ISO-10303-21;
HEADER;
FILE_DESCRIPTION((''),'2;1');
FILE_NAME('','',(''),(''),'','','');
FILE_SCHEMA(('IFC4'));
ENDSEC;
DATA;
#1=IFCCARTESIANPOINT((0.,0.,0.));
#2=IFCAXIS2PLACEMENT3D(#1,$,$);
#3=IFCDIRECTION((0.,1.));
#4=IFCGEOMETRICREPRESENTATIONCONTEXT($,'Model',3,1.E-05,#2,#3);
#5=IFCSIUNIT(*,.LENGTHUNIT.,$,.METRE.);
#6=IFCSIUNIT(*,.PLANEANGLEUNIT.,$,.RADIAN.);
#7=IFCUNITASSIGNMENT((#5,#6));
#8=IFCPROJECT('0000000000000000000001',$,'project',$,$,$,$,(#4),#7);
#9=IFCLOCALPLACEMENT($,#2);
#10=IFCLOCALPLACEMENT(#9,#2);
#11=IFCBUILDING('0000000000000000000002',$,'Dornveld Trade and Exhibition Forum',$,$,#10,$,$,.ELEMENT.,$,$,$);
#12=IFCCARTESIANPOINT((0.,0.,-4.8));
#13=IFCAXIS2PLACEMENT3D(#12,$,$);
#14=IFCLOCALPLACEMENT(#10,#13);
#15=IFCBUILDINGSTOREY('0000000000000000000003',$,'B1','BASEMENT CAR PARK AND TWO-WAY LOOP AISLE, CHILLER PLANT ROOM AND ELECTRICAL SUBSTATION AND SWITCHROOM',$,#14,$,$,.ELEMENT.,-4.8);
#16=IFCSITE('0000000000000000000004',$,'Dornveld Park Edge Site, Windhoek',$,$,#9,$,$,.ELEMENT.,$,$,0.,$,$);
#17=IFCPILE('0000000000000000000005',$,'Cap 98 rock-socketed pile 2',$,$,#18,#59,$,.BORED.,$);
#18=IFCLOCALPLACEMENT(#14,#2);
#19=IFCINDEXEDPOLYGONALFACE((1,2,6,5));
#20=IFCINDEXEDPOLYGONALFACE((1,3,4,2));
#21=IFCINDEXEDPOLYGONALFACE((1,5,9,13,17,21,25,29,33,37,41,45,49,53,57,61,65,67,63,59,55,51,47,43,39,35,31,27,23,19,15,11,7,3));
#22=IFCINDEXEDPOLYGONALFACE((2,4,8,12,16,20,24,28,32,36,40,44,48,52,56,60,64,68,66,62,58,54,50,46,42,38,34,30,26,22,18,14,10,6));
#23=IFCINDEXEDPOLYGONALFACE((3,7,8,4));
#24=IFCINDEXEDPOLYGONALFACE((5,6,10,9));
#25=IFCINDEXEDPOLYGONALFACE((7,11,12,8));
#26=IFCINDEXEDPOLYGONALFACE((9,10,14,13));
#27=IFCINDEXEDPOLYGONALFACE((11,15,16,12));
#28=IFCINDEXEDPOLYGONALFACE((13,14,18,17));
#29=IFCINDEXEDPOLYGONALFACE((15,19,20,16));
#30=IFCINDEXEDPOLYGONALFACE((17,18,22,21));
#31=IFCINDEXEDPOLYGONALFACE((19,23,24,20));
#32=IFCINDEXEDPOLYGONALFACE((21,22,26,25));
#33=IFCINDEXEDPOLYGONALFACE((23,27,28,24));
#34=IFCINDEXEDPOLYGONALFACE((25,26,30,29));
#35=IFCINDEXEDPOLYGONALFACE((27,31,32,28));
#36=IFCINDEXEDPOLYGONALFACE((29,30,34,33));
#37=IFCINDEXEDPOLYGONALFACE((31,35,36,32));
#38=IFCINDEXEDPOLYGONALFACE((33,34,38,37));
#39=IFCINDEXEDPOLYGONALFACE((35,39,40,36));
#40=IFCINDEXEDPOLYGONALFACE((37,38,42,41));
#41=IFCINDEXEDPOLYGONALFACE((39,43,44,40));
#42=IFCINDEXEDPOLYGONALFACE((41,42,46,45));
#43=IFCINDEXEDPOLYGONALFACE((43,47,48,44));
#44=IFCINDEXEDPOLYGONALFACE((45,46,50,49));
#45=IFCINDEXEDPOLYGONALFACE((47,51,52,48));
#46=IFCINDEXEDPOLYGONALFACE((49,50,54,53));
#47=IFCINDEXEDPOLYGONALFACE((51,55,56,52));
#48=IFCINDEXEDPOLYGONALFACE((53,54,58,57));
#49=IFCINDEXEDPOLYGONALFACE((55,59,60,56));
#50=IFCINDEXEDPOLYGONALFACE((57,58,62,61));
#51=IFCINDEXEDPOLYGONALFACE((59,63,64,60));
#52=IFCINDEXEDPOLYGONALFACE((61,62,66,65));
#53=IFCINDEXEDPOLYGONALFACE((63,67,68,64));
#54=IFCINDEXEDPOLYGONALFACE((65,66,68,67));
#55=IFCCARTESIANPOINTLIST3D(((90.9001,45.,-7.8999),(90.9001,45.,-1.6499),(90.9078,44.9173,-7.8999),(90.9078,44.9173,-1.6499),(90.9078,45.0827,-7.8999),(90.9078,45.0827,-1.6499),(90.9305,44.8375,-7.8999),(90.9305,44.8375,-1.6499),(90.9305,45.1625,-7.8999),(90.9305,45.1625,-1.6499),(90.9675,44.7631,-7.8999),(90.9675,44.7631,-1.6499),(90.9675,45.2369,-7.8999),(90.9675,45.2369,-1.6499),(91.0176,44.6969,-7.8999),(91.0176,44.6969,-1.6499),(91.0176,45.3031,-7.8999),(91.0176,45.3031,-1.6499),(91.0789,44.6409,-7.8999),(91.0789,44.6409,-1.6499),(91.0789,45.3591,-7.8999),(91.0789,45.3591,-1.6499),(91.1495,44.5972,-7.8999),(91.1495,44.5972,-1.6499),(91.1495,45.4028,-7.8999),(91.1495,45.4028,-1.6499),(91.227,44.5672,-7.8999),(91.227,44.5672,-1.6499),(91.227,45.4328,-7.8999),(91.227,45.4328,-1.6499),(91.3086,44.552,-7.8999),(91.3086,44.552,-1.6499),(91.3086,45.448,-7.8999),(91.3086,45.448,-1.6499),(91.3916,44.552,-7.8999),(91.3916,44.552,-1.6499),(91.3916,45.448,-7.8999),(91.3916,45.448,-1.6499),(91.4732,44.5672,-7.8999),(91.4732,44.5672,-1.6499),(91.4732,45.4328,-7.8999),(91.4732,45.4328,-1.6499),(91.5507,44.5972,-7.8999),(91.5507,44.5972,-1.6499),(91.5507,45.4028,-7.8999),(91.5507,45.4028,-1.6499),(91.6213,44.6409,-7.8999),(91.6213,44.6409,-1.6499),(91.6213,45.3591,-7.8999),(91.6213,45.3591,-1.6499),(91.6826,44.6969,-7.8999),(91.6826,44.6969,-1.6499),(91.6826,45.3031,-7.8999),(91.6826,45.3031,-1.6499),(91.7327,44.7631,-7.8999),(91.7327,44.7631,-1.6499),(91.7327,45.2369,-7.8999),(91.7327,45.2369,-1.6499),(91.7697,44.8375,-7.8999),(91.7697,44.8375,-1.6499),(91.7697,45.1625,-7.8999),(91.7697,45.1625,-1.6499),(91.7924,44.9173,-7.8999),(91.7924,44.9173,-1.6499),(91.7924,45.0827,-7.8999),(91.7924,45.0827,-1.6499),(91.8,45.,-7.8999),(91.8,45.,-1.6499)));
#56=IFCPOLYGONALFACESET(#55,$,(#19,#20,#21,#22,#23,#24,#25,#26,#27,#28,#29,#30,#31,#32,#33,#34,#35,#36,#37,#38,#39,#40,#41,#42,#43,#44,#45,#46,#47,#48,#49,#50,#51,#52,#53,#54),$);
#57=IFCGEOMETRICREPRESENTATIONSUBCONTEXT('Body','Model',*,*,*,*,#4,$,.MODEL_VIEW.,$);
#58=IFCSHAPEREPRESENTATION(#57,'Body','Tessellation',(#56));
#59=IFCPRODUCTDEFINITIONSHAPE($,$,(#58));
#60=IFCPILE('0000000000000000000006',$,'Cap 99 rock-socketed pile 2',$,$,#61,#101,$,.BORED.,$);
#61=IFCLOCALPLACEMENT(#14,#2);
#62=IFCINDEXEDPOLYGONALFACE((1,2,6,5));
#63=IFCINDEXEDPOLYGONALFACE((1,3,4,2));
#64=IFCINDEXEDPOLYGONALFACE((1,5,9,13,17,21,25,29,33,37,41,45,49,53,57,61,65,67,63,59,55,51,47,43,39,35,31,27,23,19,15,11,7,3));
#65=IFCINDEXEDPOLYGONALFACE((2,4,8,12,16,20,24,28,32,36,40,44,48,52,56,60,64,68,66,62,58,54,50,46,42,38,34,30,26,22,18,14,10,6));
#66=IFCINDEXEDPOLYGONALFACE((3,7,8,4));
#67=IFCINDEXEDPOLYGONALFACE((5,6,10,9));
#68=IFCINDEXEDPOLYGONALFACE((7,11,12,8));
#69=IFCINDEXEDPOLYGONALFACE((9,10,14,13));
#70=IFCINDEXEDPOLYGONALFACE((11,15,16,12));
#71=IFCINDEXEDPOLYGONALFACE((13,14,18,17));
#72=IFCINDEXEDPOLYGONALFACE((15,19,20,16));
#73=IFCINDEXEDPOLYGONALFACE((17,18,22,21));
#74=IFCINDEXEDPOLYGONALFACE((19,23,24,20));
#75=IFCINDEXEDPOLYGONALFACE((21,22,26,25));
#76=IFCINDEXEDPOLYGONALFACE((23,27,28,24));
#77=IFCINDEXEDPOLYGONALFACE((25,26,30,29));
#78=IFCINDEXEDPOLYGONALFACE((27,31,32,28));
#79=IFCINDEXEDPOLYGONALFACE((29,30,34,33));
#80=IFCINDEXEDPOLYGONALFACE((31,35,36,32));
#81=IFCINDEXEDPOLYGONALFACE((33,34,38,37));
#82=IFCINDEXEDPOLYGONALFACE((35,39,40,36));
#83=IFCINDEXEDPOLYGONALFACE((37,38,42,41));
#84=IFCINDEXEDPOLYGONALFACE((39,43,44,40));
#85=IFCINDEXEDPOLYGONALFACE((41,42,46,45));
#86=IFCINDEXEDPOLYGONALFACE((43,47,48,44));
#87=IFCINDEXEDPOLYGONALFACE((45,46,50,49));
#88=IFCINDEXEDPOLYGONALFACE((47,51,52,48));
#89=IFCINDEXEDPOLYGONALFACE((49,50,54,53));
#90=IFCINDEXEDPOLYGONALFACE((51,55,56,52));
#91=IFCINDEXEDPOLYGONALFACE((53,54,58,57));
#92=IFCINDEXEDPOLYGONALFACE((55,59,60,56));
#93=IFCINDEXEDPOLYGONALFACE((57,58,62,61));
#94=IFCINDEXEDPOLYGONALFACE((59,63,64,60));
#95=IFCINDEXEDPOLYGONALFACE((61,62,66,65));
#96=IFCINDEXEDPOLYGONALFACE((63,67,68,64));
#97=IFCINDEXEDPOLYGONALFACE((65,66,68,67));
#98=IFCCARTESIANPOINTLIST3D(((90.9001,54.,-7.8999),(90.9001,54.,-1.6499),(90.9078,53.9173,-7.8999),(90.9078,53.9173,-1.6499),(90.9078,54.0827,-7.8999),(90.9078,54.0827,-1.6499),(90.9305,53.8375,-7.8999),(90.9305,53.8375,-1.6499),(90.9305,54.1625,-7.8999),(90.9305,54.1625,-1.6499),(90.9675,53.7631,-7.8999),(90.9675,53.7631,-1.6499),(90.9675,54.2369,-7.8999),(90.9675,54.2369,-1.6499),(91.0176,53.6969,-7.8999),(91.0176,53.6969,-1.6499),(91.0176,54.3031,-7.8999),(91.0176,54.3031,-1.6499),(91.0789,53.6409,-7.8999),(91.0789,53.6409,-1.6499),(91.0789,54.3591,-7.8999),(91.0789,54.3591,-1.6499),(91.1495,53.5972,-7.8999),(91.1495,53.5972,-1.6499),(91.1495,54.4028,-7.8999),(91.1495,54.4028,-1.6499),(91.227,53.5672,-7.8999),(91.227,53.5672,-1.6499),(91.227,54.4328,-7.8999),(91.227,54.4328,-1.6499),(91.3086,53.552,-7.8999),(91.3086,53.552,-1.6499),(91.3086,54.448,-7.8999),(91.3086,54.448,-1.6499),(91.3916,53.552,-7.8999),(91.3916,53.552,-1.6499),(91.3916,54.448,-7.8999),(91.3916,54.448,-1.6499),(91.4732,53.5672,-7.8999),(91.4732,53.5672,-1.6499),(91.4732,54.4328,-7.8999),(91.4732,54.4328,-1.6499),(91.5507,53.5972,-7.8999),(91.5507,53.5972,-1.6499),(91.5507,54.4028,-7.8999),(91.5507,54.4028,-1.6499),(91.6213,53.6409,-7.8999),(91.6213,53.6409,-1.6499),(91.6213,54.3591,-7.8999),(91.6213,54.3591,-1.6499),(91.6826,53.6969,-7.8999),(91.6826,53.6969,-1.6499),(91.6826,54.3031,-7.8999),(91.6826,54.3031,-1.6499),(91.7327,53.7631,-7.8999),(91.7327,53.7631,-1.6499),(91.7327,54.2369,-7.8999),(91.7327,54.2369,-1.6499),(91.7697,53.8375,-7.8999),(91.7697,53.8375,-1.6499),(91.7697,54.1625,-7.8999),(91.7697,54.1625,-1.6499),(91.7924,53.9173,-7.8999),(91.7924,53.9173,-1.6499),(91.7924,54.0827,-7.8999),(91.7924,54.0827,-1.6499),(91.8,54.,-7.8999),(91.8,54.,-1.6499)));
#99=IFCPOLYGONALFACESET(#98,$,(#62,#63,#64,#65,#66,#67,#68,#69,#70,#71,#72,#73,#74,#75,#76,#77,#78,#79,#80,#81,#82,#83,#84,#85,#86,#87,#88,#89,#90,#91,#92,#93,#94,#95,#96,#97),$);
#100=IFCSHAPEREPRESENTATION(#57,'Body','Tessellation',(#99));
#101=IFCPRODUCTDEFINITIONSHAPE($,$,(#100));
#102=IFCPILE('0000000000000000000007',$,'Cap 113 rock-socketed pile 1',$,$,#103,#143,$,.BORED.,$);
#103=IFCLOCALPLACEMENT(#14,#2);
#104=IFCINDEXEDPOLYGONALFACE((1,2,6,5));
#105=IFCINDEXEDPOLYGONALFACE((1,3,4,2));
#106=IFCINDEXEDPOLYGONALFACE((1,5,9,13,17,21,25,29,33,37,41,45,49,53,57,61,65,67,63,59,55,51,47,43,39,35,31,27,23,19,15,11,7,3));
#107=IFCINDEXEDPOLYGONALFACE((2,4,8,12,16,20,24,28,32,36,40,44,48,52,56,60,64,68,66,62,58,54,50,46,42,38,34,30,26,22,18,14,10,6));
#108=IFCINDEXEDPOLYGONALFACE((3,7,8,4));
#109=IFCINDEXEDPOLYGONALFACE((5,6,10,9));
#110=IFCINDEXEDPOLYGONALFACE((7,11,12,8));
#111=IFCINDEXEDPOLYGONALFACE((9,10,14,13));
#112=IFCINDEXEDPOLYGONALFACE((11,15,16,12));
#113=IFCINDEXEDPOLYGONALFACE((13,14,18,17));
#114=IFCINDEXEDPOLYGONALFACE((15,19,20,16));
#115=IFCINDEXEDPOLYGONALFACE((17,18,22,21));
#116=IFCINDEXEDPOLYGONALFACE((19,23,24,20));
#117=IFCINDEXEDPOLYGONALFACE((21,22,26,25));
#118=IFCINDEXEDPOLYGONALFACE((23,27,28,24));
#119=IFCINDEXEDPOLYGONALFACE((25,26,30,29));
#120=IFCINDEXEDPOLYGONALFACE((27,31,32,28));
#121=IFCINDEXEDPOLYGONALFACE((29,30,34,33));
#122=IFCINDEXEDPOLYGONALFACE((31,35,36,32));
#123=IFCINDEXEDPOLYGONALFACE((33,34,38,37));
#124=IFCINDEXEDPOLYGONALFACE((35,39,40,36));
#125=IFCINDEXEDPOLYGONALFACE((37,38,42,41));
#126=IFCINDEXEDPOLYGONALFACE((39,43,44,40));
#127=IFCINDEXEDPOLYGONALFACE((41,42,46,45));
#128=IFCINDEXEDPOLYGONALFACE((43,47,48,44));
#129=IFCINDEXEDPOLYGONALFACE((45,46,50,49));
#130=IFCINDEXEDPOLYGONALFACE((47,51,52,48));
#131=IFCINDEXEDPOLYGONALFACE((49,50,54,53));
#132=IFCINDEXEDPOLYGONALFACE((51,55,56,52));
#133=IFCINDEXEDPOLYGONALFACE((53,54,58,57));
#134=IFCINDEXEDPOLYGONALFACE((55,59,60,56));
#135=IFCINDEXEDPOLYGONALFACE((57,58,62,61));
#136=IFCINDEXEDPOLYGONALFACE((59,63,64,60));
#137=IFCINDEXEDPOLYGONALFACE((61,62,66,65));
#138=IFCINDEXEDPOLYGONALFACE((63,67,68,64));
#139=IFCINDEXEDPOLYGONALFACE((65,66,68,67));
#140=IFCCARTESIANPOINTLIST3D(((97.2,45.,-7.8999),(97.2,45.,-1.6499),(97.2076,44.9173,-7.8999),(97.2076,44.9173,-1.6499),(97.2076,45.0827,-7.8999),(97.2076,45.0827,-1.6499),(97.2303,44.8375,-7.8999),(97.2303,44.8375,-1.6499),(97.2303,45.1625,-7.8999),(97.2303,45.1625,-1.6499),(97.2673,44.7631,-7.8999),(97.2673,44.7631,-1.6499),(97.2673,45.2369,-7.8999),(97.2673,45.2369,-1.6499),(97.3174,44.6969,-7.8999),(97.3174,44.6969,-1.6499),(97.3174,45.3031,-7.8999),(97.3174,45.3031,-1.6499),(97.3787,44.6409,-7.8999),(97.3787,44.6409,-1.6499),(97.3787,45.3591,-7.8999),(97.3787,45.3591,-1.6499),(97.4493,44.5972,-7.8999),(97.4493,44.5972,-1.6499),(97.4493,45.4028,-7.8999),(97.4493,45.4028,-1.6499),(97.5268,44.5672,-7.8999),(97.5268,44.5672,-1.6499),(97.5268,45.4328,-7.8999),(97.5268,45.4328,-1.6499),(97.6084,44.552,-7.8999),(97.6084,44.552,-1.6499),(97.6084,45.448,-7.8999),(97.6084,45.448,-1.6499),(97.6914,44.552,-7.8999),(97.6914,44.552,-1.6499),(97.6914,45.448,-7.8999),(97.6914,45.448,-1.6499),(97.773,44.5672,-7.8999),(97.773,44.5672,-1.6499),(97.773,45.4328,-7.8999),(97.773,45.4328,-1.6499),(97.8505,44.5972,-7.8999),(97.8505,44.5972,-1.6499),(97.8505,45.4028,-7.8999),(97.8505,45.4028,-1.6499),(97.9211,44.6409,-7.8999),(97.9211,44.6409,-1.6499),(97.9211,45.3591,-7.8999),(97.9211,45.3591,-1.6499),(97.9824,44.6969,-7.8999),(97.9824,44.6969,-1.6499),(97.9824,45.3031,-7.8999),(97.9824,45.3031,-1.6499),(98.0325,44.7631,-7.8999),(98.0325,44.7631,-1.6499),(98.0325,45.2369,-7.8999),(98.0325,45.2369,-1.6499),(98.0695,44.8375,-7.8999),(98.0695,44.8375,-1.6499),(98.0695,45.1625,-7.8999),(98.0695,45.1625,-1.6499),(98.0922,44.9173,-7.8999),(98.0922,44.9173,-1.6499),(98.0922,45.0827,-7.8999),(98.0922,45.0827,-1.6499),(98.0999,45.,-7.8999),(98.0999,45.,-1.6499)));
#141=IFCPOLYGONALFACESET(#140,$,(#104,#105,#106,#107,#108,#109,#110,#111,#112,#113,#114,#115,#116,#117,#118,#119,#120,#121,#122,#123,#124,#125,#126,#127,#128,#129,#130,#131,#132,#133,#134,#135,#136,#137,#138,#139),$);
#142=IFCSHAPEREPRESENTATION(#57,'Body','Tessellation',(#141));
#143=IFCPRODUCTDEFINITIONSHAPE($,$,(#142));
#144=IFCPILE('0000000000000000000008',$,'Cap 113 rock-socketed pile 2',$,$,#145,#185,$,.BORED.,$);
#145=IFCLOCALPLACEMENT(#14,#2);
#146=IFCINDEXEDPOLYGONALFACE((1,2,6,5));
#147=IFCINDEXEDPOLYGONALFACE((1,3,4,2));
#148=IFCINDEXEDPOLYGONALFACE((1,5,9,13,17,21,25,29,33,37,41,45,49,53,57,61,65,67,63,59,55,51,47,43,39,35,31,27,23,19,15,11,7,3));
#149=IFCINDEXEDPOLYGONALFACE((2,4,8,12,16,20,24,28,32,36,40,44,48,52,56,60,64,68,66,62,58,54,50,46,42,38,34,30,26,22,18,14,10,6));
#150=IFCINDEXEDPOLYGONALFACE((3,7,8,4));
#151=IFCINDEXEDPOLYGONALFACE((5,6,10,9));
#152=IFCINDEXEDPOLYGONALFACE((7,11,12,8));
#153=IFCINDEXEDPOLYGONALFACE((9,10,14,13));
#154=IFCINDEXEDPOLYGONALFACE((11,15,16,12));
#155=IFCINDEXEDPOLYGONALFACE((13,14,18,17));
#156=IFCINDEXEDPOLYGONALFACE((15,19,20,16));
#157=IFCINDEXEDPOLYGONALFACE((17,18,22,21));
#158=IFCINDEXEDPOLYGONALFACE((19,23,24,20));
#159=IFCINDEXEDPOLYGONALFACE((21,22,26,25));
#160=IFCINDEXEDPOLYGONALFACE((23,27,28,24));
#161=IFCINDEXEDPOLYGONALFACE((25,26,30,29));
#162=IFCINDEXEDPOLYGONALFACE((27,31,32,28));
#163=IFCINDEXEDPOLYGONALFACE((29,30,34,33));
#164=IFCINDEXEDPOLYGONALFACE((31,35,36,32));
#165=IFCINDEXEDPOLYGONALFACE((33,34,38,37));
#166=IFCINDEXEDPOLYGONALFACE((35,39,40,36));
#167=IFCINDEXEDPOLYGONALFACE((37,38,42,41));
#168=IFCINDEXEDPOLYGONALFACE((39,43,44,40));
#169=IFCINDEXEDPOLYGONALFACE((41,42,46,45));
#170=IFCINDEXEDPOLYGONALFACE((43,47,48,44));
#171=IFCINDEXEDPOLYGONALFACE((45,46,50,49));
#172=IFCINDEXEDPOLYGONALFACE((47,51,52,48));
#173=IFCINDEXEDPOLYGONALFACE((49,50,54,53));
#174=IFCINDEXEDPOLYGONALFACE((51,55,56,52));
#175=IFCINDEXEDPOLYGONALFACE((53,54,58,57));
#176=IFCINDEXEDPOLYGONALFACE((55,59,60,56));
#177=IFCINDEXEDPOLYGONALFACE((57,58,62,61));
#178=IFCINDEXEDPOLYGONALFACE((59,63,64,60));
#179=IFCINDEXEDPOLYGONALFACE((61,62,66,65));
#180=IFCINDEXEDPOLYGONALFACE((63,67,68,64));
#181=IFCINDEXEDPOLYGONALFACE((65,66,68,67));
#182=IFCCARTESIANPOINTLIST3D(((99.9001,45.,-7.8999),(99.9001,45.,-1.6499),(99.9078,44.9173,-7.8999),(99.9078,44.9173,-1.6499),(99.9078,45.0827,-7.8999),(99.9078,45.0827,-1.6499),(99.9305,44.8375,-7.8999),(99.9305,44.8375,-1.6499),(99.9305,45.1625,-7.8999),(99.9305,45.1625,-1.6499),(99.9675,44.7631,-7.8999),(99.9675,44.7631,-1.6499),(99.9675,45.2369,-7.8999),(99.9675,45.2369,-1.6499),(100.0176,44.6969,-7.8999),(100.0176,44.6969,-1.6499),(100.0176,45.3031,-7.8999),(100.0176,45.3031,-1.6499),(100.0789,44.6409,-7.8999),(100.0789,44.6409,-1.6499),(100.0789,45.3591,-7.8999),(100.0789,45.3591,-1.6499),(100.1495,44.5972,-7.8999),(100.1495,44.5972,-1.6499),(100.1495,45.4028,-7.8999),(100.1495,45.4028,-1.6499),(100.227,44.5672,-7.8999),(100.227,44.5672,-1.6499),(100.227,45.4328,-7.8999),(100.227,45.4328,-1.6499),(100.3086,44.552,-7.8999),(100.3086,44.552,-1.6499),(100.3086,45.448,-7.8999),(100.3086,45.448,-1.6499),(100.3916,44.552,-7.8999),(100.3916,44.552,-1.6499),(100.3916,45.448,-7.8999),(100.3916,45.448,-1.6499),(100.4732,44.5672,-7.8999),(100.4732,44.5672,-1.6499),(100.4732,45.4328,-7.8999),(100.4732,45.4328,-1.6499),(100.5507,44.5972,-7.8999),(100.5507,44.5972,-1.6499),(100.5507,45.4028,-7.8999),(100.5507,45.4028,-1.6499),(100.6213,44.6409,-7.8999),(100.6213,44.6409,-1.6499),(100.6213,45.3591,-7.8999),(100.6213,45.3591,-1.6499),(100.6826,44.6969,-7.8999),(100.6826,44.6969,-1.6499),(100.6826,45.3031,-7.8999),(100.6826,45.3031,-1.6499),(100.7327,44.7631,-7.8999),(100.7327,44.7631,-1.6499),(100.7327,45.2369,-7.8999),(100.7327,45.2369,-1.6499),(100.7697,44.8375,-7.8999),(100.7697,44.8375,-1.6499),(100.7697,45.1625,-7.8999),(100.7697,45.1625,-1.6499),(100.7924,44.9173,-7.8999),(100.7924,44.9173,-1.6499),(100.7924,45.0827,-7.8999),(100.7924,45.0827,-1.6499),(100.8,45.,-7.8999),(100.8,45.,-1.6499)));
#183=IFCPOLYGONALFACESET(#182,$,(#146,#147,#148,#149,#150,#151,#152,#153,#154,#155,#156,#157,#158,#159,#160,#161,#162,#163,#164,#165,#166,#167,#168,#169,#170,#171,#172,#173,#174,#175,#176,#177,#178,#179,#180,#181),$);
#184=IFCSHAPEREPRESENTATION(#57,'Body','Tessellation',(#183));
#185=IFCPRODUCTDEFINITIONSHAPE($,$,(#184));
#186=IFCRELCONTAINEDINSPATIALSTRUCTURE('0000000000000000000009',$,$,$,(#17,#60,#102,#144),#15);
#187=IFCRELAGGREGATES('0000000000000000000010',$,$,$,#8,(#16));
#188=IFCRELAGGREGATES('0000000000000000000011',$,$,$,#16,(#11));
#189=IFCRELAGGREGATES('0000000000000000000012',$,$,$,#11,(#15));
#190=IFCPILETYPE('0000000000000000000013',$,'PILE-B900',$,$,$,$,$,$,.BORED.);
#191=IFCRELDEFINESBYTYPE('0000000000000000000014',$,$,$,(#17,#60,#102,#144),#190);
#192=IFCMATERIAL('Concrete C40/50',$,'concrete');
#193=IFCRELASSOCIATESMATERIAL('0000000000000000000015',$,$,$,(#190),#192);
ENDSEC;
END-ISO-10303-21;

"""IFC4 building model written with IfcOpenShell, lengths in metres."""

from ifc_helpers import new_model, si_unit, direction, frame, origin, origin_2d, place, context, subcontext, project, spatial, circle, extrude, material, material_profile, profile_set, type_object, element, save


model = new_model("IFC4")

# Units and contexts
model_context = context("Model", 3, precision=1e-05, world=origin(), true_north=direction((0.0, 1.0)))
body_context = subcontext(model_context, "Body", "Model", "MODEL_VIEW")
ifc_project = project(units=[si_unit("LENGTHUNIT", "METRE"), si_unit("PLANEANGLEUNIT", "RADIAN")], contexts=[model_context])

# Site, building, storey
site_placement = place(None, origin())
site = spatial("IfcSite", under=ifc_project, at=site_placement, Name="Dornveld Park Edge Site, Windhoek", CompositionType="ELEMENT", RefElevation=0.0)
building_placement = place(site_placement, origin())
building = spatial("IfcBuilding", under=site, at=building_placement, Name="Dornveld Trade and Exhibition Forum", CompositionType="ELEMENT")
storey_placement = place(building_placement, frame((0.0, 0.0, -4.8)))
storey = spatial("IfcBuildingStorey", under=building, at=storey_placement, Name="B1", Description="BASEMENT CAR PARK AND TWO-WAY LOOP AISLE, CHILLER PLANT ROOM AND ELECTRICAL SUBSTATION AND SWITCHROOM", CompositionType="ELEMENT", Elevation=-4.8)

# Piles
ifc_material_1 = material(Name="Concrete C40/50", Category="concrete")
ifc_material_profile_1 = material_profile(ifc_material_1, circle(Radius=0.45, at=origin_2d()), Name="PILE D900")
ifc_profile_set_1 = profile_set([ifc_material_profile_1], Name="Concrete C40/50")
pile_type_1 = type_object("IfcPileType", Name="PILE-B900", PredefinedType="BORED", material=ifc_profile_set_1)
for number, where, z_axis, x_axis, name in (
    (1, (91.3501, 45.0, -1.6499), (0.0, 0.0, -1.0), (1.0, 0.0, 0.0), "Cap 98 rock-socketed pile 2"),
    (2, (91.3501, 54.0, -1.6499), (0.0, 0.0, -1.0), (1.0, 0.0, 0.0), "Cap 99 rock-socketed pile 2"),
    (3, (97.6499, 45.0, -1.6499), (0.0, 0.0, -1.0), (1.0, 0.0, 0.0), "Cap 113 rock-socketed pile 1"),
    (4, (100.3501, 45.0, -1.6499), (0.0, 0.0, -1.0), (1.0, 0.0, 0.0), "Cap 113 rock-socketed pile 2"),
):
    element("IfcPile", number, at=place(storey_placement, frame(where, z_axis=z_axis, x_axis=x_axis)), inside=storey, type_object=pile_type_1, Name=name, PredefinedType="BORED", context=body_context, shape_type="SweptSolid", body=[
        extrude(circle(Radius=0.45, at=origin_2d()), origin(), (0.0, 0.0, 1.0), 6.25),
    ])

save(model, "model.ifc")
